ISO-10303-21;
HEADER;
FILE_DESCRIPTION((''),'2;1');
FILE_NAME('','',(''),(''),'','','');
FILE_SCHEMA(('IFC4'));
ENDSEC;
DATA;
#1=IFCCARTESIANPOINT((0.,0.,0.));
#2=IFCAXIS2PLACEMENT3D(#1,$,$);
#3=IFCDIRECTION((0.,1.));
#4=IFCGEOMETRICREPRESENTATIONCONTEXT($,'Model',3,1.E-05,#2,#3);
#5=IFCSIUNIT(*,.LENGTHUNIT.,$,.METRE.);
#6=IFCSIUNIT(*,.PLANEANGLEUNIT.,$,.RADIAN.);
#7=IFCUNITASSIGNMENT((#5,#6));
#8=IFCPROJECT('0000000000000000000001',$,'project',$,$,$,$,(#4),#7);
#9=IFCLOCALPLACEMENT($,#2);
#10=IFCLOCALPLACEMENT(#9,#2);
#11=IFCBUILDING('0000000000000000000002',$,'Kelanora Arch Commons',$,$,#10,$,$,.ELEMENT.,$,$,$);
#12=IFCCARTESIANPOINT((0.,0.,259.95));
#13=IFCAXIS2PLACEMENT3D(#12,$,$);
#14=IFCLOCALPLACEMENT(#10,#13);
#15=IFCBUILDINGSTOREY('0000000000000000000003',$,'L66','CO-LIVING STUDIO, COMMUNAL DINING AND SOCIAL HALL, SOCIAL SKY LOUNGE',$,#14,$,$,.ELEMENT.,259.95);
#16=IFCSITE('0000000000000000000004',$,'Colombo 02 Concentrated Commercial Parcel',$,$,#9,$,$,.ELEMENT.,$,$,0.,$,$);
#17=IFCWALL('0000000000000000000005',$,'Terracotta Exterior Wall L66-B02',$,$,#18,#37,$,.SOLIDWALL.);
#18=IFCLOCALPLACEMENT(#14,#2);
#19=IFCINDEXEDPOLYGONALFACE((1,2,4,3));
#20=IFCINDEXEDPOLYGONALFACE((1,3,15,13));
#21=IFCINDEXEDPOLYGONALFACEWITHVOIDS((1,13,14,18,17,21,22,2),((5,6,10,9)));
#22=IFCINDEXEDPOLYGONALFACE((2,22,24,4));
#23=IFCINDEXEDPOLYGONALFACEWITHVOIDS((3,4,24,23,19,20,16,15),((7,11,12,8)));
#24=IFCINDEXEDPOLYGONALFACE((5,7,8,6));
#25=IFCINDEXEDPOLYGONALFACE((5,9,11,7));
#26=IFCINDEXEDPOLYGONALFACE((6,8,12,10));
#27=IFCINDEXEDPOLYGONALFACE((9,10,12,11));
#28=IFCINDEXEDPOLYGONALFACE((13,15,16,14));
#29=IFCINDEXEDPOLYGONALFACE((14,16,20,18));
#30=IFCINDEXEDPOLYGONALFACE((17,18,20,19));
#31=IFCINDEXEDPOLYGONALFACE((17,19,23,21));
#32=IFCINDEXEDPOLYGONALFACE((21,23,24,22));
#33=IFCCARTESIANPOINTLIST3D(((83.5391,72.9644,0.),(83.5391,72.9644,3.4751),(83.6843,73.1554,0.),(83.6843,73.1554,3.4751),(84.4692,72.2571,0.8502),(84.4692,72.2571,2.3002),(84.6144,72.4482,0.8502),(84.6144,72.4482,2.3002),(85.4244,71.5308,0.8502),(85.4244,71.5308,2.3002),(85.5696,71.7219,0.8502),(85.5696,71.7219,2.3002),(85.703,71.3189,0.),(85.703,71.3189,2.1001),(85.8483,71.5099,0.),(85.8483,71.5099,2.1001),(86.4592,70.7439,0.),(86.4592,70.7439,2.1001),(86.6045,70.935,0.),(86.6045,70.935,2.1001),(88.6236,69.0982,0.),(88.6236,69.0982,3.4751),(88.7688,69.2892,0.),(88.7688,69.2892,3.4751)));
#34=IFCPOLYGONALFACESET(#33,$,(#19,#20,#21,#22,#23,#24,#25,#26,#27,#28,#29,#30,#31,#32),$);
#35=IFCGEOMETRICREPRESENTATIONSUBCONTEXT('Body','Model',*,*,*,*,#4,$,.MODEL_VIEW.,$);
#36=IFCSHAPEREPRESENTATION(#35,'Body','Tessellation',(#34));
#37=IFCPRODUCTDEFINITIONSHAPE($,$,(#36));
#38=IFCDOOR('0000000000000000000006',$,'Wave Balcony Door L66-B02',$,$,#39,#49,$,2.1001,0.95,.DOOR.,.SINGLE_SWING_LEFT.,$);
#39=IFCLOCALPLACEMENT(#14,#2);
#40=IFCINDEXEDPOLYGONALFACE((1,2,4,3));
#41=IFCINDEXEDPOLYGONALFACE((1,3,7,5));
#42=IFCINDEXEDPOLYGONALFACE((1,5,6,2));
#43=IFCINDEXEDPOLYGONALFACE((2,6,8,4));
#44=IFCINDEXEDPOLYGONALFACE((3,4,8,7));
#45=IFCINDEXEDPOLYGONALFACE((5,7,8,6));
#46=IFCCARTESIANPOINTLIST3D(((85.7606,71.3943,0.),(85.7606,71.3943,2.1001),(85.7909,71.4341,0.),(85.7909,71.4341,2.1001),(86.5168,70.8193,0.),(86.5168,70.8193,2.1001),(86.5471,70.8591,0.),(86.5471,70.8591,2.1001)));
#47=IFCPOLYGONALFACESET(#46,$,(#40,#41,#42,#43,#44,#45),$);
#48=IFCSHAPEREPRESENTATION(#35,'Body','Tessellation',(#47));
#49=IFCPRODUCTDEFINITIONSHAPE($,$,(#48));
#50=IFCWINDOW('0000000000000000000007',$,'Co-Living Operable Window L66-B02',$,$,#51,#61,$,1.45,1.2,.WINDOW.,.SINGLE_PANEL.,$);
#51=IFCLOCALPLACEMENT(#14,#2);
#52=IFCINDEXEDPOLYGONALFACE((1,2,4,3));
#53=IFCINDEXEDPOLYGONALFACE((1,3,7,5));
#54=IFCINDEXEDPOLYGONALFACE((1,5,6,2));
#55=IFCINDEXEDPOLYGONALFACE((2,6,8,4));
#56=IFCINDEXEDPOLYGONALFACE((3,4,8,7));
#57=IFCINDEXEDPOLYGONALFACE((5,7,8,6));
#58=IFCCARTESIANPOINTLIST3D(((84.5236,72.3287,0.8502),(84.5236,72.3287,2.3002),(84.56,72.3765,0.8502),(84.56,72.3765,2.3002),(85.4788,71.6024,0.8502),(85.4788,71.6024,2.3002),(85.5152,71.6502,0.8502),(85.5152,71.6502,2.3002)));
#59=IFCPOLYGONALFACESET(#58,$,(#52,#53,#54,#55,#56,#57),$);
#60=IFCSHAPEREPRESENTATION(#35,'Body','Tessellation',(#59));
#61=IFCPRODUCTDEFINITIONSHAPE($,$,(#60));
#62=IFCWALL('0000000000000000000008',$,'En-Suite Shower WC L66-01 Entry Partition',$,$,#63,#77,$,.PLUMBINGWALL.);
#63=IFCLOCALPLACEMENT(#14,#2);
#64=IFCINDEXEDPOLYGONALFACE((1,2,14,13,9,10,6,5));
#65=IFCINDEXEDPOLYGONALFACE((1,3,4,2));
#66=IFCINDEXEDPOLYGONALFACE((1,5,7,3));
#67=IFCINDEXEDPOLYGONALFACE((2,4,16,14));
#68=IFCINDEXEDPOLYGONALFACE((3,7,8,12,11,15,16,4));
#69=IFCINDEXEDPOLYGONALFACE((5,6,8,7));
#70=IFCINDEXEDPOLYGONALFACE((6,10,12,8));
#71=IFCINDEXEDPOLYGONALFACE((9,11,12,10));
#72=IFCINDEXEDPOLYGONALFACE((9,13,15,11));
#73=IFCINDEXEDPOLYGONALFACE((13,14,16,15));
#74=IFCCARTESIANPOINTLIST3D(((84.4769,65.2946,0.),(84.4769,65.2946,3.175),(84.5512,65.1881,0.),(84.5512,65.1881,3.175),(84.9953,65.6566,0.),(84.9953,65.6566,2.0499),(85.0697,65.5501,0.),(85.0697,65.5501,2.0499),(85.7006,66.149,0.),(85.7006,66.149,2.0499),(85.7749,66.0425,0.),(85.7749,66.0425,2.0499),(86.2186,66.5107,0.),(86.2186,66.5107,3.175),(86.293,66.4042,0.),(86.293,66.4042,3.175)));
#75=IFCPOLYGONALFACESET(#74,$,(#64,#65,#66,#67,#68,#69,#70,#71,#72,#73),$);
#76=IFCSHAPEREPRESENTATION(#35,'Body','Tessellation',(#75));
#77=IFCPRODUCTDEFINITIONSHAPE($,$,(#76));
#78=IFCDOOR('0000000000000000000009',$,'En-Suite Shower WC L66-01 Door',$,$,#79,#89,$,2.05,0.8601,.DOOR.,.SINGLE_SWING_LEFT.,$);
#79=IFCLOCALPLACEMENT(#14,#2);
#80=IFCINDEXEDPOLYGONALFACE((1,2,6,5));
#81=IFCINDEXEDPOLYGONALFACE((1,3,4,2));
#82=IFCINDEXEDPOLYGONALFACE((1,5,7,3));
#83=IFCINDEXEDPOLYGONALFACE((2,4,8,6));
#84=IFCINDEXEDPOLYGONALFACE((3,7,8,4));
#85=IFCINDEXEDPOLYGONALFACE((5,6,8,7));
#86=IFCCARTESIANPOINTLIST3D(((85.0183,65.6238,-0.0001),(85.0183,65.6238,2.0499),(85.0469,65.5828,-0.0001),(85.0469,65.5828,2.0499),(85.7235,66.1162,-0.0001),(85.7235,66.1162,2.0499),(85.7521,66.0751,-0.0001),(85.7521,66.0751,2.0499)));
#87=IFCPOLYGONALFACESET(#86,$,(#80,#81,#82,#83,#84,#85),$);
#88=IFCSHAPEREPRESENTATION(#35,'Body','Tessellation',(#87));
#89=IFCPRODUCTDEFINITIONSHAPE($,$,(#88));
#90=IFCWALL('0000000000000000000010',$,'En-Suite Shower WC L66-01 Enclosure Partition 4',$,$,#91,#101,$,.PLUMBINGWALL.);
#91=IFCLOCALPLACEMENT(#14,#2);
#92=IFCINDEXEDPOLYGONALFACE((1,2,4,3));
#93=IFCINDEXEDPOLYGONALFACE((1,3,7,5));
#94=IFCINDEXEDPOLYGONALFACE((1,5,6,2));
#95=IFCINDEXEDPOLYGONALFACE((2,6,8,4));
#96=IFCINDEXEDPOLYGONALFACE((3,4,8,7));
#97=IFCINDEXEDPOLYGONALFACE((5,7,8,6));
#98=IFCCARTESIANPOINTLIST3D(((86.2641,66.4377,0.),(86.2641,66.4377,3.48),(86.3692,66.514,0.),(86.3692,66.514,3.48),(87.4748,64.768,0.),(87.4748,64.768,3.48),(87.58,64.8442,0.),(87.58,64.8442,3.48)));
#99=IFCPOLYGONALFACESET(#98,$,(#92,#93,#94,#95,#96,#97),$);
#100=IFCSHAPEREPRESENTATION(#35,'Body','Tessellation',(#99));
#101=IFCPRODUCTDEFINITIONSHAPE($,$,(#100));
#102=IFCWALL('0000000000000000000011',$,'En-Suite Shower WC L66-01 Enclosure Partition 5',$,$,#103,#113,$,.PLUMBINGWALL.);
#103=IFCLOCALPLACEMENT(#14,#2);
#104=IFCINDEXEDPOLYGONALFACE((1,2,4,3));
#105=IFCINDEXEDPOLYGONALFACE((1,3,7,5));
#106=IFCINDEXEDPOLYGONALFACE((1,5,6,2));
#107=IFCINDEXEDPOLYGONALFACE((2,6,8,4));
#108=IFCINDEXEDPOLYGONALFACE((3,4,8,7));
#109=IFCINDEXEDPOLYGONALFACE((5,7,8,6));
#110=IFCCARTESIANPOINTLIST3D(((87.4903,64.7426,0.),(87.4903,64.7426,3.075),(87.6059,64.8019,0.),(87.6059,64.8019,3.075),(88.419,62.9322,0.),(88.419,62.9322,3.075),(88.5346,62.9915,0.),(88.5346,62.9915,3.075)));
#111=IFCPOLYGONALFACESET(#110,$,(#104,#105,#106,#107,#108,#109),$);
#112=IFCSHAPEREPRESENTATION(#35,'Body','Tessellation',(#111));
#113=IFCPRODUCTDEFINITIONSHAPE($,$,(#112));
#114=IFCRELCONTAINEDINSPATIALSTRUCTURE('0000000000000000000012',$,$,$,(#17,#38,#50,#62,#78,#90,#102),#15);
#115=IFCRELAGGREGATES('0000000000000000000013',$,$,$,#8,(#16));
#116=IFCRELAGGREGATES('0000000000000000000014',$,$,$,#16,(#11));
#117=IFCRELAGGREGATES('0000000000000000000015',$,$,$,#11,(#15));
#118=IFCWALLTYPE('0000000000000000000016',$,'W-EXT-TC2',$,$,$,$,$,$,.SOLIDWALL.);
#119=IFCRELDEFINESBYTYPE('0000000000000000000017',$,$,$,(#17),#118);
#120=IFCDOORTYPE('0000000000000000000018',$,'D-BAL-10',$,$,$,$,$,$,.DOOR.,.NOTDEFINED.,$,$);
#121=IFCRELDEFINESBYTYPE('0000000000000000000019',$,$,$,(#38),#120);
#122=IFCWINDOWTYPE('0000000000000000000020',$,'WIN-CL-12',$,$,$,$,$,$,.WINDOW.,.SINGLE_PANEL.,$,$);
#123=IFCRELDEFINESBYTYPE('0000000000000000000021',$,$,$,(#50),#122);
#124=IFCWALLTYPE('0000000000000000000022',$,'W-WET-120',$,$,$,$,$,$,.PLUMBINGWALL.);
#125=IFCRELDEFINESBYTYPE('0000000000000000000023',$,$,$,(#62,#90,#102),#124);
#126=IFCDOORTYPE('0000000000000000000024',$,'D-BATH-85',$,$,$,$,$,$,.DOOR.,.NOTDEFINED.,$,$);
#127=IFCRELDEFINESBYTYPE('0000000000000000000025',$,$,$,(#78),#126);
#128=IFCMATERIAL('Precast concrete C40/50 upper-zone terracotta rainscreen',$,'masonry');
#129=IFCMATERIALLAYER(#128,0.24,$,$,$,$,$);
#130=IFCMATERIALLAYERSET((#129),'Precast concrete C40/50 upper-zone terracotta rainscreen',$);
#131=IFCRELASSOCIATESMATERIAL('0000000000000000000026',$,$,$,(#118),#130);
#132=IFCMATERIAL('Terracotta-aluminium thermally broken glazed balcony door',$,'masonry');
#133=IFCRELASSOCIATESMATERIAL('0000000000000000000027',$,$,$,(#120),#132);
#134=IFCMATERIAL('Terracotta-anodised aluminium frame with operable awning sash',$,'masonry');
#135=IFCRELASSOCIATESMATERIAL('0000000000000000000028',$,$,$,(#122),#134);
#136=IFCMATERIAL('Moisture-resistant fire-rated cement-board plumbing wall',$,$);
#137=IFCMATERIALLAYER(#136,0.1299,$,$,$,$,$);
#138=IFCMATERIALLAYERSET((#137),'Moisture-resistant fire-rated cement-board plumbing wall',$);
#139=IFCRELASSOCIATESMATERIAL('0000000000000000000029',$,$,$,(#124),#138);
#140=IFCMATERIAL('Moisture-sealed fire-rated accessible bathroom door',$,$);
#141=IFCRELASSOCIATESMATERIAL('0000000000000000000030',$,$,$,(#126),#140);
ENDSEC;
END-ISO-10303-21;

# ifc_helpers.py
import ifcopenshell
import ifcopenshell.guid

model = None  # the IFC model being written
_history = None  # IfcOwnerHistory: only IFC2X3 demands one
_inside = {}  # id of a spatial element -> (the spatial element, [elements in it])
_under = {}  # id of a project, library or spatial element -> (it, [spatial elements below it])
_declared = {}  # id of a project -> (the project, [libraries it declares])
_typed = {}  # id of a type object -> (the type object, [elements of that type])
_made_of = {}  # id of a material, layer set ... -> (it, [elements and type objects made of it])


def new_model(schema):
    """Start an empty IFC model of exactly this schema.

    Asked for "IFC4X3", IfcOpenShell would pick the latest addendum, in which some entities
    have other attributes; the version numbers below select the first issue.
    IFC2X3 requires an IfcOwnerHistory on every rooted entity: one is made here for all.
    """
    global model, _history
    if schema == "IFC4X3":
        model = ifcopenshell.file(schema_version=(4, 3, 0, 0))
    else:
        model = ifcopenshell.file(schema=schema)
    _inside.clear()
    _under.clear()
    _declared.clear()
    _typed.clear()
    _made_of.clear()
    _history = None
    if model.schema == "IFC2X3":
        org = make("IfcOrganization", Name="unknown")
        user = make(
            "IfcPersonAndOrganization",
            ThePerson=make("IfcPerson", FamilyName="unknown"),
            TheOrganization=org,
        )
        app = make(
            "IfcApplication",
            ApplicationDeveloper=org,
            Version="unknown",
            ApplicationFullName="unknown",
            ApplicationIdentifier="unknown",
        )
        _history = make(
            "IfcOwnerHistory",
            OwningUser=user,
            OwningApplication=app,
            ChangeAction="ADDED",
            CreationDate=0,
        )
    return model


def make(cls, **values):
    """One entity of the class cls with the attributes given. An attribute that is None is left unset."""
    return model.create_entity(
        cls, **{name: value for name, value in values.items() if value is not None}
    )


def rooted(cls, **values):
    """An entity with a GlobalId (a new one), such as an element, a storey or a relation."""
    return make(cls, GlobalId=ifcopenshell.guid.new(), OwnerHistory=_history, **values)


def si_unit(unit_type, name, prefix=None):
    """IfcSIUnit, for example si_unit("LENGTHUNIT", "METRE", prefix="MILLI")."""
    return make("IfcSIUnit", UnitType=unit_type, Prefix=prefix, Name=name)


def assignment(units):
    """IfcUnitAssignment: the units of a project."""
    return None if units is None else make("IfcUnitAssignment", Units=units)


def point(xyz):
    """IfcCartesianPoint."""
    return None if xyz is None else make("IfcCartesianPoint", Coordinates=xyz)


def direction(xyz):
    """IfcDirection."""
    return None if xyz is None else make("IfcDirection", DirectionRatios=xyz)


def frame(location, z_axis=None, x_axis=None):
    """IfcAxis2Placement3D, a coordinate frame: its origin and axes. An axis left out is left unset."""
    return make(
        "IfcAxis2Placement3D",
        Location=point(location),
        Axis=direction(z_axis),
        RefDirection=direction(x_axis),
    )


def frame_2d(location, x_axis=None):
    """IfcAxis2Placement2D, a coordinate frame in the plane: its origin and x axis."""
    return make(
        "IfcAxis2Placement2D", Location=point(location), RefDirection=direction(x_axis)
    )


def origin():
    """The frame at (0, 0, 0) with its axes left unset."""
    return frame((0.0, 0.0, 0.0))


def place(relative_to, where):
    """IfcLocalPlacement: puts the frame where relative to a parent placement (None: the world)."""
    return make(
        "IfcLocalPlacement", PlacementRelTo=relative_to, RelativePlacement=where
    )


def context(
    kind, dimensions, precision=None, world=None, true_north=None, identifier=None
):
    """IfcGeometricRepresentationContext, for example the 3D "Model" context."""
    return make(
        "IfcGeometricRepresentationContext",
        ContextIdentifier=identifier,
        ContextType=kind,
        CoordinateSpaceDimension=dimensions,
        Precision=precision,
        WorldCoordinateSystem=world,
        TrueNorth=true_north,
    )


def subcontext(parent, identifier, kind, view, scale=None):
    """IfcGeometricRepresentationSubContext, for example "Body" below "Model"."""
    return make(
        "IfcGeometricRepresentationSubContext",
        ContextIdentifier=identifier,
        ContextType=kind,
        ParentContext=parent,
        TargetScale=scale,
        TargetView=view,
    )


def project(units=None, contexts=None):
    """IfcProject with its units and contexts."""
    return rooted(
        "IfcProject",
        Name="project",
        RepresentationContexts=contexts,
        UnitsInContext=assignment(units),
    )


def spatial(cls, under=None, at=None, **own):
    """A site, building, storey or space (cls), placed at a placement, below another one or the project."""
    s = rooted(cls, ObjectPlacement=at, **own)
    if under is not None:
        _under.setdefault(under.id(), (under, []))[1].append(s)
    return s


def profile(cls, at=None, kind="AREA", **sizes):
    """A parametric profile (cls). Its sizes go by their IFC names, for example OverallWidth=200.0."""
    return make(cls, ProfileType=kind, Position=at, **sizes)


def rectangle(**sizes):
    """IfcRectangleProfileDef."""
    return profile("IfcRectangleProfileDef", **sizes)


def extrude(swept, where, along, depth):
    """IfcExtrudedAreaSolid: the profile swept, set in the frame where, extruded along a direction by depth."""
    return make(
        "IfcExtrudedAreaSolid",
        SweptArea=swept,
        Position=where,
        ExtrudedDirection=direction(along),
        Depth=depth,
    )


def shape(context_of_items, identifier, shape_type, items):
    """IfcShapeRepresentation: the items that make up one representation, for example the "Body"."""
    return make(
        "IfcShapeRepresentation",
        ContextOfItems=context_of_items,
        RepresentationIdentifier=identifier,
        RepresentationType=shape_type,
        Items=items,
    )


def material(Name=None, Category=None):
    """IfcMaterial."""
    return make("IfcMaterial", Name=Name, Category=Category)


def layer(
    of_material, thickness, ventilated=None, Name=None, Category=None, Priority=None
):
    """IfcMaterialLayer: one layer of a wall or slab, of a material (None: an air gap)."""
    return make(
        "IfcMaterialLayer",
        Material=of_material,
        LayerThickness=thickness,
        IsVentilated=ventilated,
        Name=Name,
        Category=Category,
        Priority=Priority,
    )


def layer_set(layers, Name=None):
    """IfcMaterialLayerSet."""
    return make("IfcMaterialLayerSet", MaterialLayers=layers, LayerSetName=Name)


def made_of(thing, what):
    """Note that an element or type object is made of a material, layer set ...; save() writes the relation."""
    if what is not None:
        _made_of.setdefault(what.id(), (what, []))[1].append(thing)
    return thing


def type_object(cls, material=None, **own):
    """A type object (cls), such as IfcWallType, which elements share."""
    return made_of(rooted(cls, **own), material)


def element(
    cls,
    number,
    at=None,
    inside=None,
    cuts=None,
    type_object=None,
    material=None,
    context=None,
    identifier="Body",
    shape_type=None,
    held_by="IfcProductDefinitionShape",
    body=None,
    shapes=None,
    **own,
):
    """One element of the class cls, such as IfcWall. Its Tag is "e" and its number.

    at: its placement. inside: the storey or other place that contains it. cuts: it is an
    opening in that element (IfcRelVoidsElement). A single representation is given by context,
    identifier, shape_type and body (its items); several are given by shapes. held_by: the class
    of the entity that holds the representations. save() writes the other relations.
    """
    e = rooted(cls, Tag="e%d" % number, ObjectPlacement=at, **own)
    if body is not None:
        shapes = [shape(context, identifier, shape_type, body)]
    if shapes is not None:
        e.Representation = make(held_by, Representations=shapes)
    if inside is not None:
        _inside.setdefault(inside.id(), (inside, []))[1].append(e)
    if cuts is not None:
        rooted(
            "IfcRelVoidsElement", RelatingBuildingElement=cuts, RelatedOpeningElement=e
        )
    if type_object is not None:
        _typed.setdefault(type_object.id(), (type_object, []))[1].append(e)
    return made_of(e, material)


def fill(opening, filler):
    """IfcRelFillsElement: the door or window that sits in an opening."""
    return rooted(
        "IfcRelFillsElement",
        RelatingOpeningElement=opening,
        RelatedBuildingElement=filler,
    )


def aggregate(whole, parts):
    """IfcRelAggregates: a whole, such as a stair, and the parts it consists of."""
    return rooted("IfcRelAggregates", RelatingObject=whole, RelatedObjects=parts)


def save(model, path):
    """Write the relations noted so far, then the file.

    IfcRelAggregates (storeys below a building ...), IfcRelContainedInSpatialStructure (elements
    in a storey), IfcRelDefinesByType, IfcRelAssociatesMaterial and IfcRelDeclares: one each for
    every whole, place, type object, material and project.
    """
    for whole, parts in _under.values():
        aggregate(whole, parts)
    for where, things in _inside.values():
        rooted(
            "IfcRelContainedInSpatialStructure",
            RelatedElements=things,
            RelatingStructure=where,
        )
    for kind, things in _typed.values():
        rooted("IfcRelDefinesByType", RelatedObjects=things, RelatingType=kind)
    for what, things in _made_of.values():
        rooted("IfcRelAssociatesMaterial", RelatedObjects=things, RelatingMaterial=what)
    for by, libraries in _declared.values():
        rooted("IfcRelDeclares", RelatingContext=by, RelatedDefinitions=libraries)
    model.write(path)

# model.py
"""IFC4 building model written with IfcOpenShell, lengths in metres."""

from ifc_helpers import new_model, si_unit, direction, frame, frame_2d, origin, place, context, subcontext, project, spatial, rectangle, extrude, material, layer, layer_set, type_object, element, fill, save


model = new_model("IFC4")

# Units and contexts
model_context = context("Model", 3, precision=1e-05, world=origin(), true_north=direction((0.0, 1.0)))
body_context = subcontext(model_context, "Body", "Model", "MODEL_VIEW")
ifc_project = project(units=[si_unit("LENGTHUNIT", "METRE"), si_unit("PLANEANGLEUNIT", "RADIAN")], contexts=[model_context])

# Site, building, storey
site_placement = place(None, origin())
site = spatial("IfcSite", under=ifc_project, at=site_placement, Name="Colombo 02 Concentrated Commercial Parcel", CompositionType="ELEMENT", RefElevation=0.0)
building_placement = place(site_placement, origin())
building = spatial("IfcBuilding", under=site, at=building_placement, Name="Kelanora Arch Commons", CompositionType="ELEMENT")
storey_placement = place(building_placement, frame((0.0, 0.0, 259.95)))
storey = spatial("IfcBuildingStorey", under=building, at=storey_placement, Name="L66", Description="CO-LIVING STUDIO, COMMUNAL DINING AND SOCIAL HALL, SOCIAL SKY LOUNGE", CompositionType="ELEMENT", Elevation=259.95)

# Wall, openings, door, window
ifc_material_1 = material(Name="Precast concrete C40/50 upper-zone terracotta rainscreen", Category="masonry")
ifc_layer_1 = layer(ifc_material_1, 0.24)
ifc_layer_set_1 = layer_set([ifc_layer_1], Name="Precast concrete C40/50 upper-zone terracotta rainscreen")
wall_type_1 = type_object("IfcWallType", Name="W-EXT-TC2", PredefinedType="SOLIDWALL", material=ifc_layer_set_1)
ifc_material_2 = material(Name="Terracotta-aluminium thermally broken glazed balcony door", Category="masonry")
door_type_1 = type_object("IfcDoorType", Name="D-BAL-10", OperationType="NOTDEFINED", PredefinedType="DOOR", material=ifc_material_2)
ifc_material_3 = material(Name="Terracotta-anodised aluminium frame with operable awning sash", Category="masonry")
window_type = type_object("IfcWindowType", Name="WIN-CL-12", PartitioningType="SINGLE_PANEL", PredefinedType="WINDOW", material=ifc_material_3)
wall_1_placement = place(storey_placement, frame((88.6963, 69.1936, 0.0), z_axis=(0.0, 0.0, 1.0), x_axis=(-0.79601, 0.605283, 0.0)))
wall_1 = element("IfcWall", 1, at=wall_1_placement, inside=storey, type_object=wall_type_1, Name="Terracotta Exterior Wall L66-B02", PredefinedType="SOLIDWALL", context=body_context, shape_type="SweptSolid", body=[
    extrude(rectangle(XDim=6.3875, YDim=0.24, at=frame_2d((3.1938, 0.0))), origin(), (0.0, 0.0, 1.0), 3.4751),
])
opening_1_placement = place(wall_1_placement, frame((2.719, 0.0, 0.0)))
opening_1 = element("IfcOpeningElement", 2, at=opening_1_placement, cuts=wall_1, PredefinedType="OPENING", context=body_context, shape_type="SweptSolid", body=[
    extrude(rectangle(XDim=0.95, YDim=2.1001, at=frame_2d((0.4751, 1.05))), frame((0.0, 0.1299, 0.0), z_axis=(0.0, -1.0, 0.0), x_axis=(1.0, 0.0, 0.0)), (0.0, 0.0, 1.0), 0.26),
])
opening_2_placement = place(wall_1_placement, frame((4.019, 0.0, 0.8501)))
opening_2 = element("IfcOpeningElement", 3, at=opening_2_placement, cuts=wall_1, PredefinedType="OPENING", context=body_context, shape_type="SweptSolid", body=[
    extrude(rectangle(XDim=1.2, YDim=1.45, at=frame_2d((0.6001, 0.7251))), frame((0.0, 0.1299, 0.0), z_axis=(0.0, -1.0, 0.0), x_axis=(1.0, 0.0, 0.0)), (0.0, 0.0, 1.0), 0.26),
])
door_1_placement = place(opening_1_placement, frame((0.95, 0.0, 0.0), z_axis=(0.0, 0.0, 1.0), x_axis=(-1.0, 0.0, 0.0)))
door_1 = element("IfcDoor", 4, at=door_1_placement, inside=storey, type_object=door_type_1, Name="Wave Balcony Door L66-B02", OperationType="SINGLE_SWING_LEFT", OverallHeight=2.1001, OverallWidth=0.95, PredefinedType="DOOR", context=body_context, shape_type="SweptSolid", body=[
    extrude(rectangle(XDim=0.95, YDim=2.1001, at=frame_2d((0.4751, 1.05))), frame((0.0, 0.0249, 0.0), z_axis=(0.0, -1.0, 0.0), x_axis=(1.0, 0.0, 0.0)), (0.0, 0.0, 1.0), 0.05),
])
fill(opening_1, door_1)
window_1_placement = place(opening_2_placement, origin())
window_1 = element("IfcWindow", 5, at=window_1_placement, inside=storey, type_object=window_type, Name="Co-Living Operable Window L66-B02", OverallHeight=1.45, OverallWidth=1.2, PartitioningType="SINGLE_PANEL", PredefinedType="WINDOW", context=body_context, shape_type="SweptSolid", body=[
    extrude(rectangle(XDim=1.2, YDim=1.45, at=frame_2d((0.6001, 0.7251))), frame((0.0, 0.03, 0.0), z_axis=(0.0, -1.0, 0.0), x_axis=(1.0, 0.0, 0.0)), (0.0, 0.0, 1.0), 0.0601),
])
fill(opening_2, window_1)

# Wall, opening, door
ifc_material_4 = material(Name="Moisture-resistant fire-rated cement-board plumbing wall")
ifc_layer_2 = layer(ifc_material_4, 0.1299)
ifc_layer_set_2 = layer_set([ifc_layer_2], Name="Moisture-resistant fire-rated cement-board plumbing wall")
wall_type_2 = type_object("IfcWallType", Name="W-WET-120", PredefinedType="PLUMBINGWALL", material=ifc_layer_set_2)
wall_2_placement = place(storey_placement, frame((84.5142, 65.2415, 0.0), z_axis=(0.0, 0.0, 1.0), x_axis=(0.819922, 0.572475, 0.0)))
wall_2 = element("IfcWall", 6, at=wall_2_placement, inside=storey, type_object=wall_type_2, Name="En-Suite Shower WC L66-01 Entry Partition", PredefinedType="PLUMBINGWALL", context=body_context, shape_type="SweptSolid", body=[
    extrude(rectangle(XDim=2.1243, YDim=0.1299, at=frame_2d((1.062, 0.0))), origin(), (0.0, 0.0, 1.0), 3.175),
])
opening_3_placement = place(wall_2_placement, frame((0.6321, 0.0, 0.0)))
opening_3 = element("IfcOpeningElement", 7, at=opening_3_placement, cuts=wall_2, PredefinedType="OPENING", context=body_context, shape_type="SweptSolid", body=[
    extrude(rectangle(XDim=0.8601, YDim=2.05, at=frame_2d((0.4302, 1.0249))), frame((0.0, 0.075, 0.0), z_axis=(0.0, -1.0, 0.0), x_axis=(1.0, 0.0, 0.0)), (0.0, 0.0, 1.0), 0.1499),
])
ifc_material_5 = material(Name="Moisture-sealed fire-rated accessible bathroom door")
door_type_2 = type_object("IfcDoorType", Name="D-BATH-85", OperationType="NOTDEFINED", PredefinedType="DOOR", material=ifc_material_5)
door_2_placement = place(opening_3_placement, origin())
door_2 = element("IfcDoor", 8, at=door_2_placement, inside=storey, type_object=door_type_2, Name="En-Suite Shower WC L66-01 Door", OperationType="SINGLE_SWING_LEFT", OverallHeight=2.05, OverallWidth=0.8601, PredefinedType="DOOR", context=body_context, shape_type="SweptSolid", body=[
    extrude(rectangle(XDim=0.8601, YDim=2.05, at=frame_2d((0.4302, 1.0249))), frame((0.0, 0.0249, 0.0), z_axis=(0.0, -1.0, 0.0), x_axis=(1.0, 0.0, 0.0)), (0.0, 0.0, 1.0), 0.05),
])
fill(opening_3, door_2)

# Walls
wall_3_placement = place(storey_placement, frame((86.3167, 66.4758, 0.0), z_axis=(0.0, 0.0, 1.0), x_axis=(0.587024, -0.80957, 0.0)))
element("IfcWall", 9, at=wall_3_placement, inside=storey, type_object=wall_type_2, Name="En-Suite Shower WC L66-01 Enclosure Partition 4", PredefinedType="PLUMBINGWALL", context=body_context, shape_type="SweptSolid", body=[
    extrude(rectangle(XDim=2.0625, YDim=0.1299, at=frame_2d((1.0312, 0.0))), origin(), (0.0, 0.0, 1.0), 3.48),
])
wall_4_placement = place(storey_placement, frame((87.5481, 64.7722, 0.0), z_axis=(0.0, 0.0, 1.0), x_axis=(0.456453, -0.889747, 0.0)))
element("IfcWall", 10, at=wall_4_placement, inside=storey, type_object=wall_type_2, Name="En-Suite Shower WC L66-01 Enclosure Partition 5", PredefinedType="PLUMBINGWALL", context=body_context, shape_type="SweptSolid", body=[
    extrude(rectangle(XDim=2.0347, YDim=0.1299, at=frame_2d((1.0173, 0.0))), origin(), (0.0, 0.0, 1.0), 3.075),
])

save(model, "model.ifc")
